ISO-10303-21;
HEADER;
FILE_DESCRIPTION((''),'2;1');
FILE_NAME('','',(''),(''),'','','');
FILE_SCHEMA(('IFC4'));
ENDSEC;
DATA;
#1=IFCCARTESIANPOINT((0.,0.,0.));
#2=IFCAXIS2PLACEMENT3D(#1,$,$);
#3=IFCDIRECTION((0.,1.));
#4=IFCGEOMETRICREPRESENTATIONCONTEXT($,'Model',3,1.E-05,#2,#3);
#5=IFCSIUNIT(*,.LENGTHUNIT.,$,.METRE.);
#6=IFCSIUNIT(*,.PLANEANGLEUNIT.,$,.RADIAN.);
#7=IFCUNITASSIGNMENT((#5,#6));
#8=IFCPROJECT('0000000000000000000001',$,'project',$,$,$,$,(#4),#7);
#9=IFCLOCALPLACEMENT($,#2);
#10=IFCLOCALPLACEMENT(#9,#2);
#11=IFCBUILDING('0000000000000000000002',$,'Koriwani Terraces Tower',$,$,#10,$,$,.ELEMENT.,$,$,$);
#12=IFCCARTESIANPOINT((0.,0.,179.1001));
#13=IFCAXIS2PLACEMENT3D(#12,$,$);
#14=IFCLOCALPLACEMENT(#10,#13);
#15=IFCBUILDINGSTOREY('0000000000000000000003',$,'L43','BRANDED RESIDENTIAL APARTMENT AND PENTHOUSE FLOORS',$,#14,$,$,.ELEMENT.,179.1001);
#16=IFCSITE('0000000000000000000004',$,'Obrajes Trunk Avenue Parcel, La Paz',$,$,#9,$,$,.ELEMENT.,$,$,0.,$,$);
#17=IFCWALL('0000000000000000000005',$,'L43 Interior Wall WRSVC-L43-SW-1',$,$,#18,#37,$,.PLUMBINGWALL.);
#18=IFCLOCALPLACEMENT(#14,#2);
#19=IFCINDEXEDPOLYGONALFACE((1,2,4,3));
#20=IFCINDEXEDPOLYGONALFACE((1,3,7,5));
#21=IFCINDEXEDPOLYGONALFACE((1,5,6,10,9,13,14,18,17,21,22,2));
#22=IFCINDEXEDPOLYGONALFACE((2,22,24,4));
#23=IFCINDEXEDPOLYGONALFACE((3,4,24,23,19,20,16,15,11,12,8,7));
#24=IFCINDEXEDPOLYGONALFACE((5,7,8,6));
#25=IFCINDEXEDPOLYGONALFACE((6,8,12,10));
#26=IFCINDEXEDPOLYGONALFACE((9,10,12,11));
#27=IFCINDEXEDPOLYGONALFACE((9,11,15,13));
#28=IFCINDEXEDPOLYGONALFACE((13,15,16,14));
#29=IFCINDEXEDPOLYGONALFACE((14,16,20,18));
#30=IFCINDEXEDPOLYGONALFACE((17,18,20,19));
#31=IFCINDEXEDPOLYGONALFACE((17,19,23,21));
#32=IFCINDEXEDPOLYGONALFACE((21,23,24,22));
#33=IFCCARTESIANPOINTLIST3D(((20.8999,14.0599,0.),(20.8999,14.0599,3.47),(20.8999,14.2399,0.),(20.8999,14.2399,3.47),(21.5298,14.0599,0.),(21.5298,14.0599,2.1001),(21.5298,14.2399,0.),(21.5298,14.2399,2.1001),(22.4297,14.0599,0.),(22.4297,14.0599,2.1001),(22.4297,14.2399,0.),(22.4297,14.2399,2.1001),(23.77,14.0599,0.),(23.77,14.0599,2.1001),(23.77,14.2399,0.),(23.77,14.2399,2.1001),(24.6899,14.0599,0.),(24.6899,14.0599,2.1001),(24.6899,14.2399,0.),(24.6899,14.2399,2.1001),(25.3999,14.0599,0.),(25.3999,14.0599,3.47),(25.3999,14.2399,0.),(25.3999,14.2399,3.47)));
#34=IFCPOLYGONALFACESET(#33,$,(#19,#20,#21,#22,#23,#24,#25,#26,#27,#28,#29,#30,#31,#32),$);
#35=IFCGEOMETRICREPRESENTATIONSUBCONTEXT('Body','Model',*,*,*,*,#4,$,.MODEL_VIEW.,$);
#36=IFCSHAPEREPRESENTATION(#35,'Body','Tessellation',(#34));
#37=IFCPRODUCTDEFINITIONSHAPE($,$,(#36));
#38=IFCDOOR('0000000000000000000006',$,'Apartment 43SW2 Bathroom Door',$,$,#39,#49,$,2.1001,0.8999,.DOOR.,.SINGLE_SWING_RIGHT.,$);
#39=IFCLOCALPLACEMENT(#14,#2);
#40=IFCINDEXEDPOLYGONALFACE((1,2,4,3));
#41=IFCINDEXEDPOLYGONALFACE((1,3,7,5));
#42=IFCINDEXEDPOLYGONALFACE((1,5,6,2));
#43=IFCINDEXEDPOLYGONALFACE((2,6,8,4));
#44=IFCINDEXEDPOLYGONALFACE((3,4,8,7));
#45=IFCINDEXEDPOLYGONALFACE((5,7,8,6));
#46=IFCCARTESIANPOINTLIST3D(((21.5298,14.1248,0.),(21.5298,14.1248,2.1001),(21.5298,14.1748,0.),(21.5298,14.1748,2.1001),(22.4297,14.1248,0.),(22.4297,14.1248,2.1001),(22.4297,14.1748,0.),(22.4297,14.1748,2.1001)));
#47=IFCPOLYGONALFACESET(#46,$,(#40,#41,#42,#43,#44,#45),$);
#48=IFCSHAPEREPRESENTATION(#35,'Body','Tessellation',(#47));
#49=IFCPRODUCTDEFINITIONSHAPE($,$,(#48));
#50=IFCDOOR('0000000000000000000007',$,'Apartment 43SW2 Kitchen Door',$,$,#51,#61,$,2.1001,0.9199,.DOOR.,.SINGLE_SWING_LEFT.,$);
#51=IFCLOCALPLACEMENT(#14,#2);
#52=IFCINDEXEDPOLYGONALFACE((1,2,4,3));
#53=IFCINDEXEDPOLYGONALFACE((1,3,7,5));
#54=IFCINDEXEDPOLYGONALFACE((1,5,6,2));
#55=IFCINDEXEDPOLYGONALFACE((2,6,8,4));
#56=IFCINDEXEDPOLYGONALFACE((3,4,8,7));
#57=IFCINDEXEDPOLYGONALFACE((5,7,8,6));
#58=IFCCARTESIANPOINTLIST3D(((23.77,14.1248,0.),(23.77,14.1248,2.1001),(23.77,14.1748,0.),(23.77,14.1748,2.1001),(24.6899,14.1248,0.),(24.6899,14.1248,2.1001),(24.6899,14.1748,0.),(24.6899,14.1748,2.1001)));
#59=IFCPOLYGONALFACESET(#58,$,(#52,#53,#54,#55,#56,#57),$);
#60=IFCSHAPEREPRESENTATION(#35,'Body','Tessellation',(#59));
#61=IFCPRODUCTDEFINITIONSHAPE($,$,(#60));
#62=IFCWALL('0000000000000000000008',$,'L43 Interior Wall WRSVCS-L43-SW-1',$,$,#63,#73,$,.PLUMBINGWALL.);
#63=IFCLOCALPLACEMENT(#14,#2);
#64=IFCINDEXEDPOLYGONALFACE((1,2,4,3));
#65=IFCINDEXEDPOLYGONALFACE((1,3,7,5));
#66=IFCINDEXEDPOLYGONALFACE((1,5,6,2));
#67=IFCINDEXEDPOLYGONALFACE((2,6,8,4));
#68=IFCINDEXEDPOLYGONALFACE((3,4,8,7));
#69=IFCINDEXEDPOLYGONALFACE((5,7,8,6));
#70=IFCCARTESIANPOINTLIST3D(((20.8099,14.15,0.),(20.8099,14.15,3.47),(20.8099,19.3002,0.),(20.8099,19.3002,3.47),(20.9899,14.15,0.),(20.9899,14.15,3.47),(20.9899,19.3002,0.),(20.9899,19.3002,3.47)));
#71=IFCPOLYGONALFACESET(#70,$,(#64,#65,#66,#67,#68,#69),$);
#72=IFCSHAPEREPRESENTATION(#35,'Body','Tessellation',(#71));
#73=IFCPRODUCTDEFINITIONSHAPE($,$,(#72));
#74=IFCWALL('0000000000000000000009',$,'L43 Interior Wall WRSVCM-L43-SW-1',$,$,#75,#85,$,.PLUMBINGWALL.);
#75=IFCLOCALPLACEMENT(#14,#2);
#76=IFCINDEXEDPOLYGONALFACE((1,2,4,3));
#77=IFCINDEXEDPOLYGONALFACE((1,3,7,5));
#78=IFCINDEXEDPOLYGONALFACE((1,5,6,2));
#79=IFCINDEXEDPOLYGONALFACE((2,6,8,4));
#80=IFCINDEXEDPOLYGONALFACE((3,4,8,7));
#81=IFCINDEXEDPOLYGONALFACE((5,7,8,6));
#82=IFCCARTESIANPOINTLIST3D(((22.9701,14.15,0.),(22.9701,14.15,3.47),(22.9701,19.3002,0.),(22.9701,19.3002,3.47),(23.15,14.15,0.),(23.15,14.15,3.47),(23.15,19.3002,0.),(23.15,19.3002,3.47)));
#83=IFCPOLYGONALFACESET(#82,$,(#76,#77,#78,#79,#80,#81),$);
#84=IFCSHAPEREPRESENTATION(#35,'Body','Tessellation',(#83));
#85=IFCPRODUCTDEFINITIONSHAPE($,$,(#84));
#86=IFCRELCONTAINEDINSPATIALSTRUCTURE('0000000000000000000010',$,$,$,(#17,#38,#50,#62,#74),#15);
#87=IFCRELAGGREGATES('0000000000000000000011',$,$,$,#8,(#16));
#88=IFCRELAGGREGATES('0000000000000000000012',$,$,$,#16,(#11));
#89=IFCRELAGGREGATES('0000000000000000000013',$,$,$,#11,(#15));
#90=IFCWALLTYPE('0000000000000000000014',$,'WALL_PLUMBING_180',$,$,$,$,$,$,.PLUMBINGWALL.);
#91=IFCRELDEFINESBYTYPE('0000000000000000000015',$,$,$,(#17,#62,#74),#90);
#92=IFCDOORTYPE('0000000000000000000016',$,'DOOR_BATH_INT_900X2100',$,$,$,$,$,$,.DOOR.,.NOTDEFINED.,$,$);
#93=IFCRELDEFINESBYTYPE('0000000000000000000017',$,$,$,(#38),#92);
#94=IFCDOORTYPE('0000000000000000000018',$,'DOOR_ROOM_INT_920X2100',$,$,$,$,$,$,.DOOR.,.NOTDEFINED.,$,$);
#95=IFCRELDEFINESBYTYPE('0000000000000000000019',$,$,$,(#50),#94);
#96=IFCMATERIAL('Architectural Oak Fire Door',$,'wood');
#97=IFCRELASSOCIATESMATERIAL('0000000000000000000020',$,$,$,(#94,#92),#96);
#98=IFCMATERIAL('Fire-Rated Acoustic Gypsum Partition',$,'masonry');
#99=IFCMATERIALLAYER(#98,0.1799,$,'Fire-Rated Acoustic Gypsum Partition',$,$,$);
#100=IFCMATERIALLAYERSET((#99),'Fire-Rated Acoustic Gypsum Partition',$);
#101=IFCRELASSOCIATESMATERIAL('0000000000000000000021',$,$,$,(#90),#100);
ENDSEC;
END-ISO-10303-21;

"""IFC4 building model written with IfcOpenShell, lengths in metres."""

from ifc_helpers import new_model, si_unit, direction, frame, frame_2d, origin, place, context, subcontext, project, spatial, rectangle, extrude, material, layer, layer_set, type_object, element, fill, save


model = new_model("IFC4")

# Units and contexts
model_context = context("Model", 3, precision=1e-05, world=origin(), true_north=direction((0.0, 1.0)))
body_context = subcontext(model_context, "Body", "Model", "MODEL_VIEW")
ifc_project = project(units=[si_unit("LENGTHUNIT", "METRE"), si_unit("PLANEANGLEUNIT", "RADIAN")], contexts=[model_context])

# Site, building, storey
site_placement = place(None, origin())
site = spatial("IfcSite", under=ifc_project, at=site_placement, Name="Obrajes Trunk Avenue Parcel, La Paz", CompositionType="ELEMENT", RefElevation=0.0)
building_placement = place(site_placement, origin())
building = spatial("IfcBuilding", under=site, at=building_placement, Name="Koriwani Terraces Tower", CompositionType="ELEMENT")
storey_placement = place(building_placement, frame((0.0, 0.0, 179.1001)))
storey = spatial("IfcBuildingStorey", under=building, at=storey_placement, Name="L43", Description="BRANDED RESIDENTIAL APARTMENT AND PENTHOUSE FLOORS", CompositionType="ELEMENT", Elevation=179.1001)

# Shared definitions
ifc_material_1 = material(Name="Fire-Rated Acoustic Gypsum Partition", Category="masonry")
ifc_material_2 = material(Name="Architectural Oak Fire Door", Category="wood")
door_type_1 = type_object("IfcDoorType", Name="DOOR_ROOM_INT_920X2100", OperationType="NOTDEFINED", PredefinedType="DOOR", material=ifc_material_2)

# Shared definitions
ifc_layer_1 = layer(ifc_material_1, 0.1799, Name="Fire-Rated Acoustic Gypsum Partition")
ifc_layer_set_1 = layer_set([ifc_layer_1], Name="Fire-Rated Acoustic Gypsum Partition")
wall_type_1 = type_object("IfcWallType", Name="WALL_PLUMBING_180", PredefinedType="PLUMBINGWALL", material=ifc_layer_set_1)
door_type_2 = type_object("IfcDoorType", Name="DOOR_BATH_INT_900X2100", OperationType="NOTDEFINED", PredefinedType="DOOR", material=ifc_material_2)

# Wall, openings, doors
wall_1_placement = place(storey_placement, frame((20.8999, 14.1499, 0.0), z_axis=(0.0, 0.0, 1.0), x_axis=(1.0, 0.0, 0.0)))
wall_1 = element("IfcWall", 1, at=wall_1_placement, inside=storey, type_object=wall_type_1, Name="L43 Interior Wall WRSVC-L43-SW-1", PredefinedType="PLUMBINGWALL", context=body_context, shape_type="SweptSolid", body=[
    extrude(rectangle(XDim=4.5, YDim=0.1799, at=frame_2d((2.25, 0.0))), origin(), (0.0, 0.0, 1.0), 3.47),
])
opening_1_placement = place(wall_1_placement, frame((0.6299, 0.0, 0.0)))
opening_1 = element("IfcOpeningElement", 2, at=opening_1_placement, cuts=wall_1, PredefinedType="OPENING", context=body_context, shape_type="SweptSolid", body=[
    extrude(rectangle(XDim=0.8999, YDim=2.1001, at=frame_2d((0.45, 1.05))), frame((0.0, 0.1001, 0.0), z_axis=(0.0, -1.0, 0.0), x_axis=(1.0, 0.0, 0.0)), (0.0, 0.0, 1.0), 0.2),
])
opening_2_placement = place(wall_1_placement, frame((2.8701, 0.0, 0.0)))
opening_2 = element("IfcOpeningElement", 3, at=opening_2_placement, cuts=wall_1, PredefinedType="OPENING", context=body_context, shape_type="SweptSolid", body=[
    extrude(rectangle(XDim=0.9199, YDim=2.1001, at=frame_2d((0.46, 1.05))), frame((0.0, 0.1001, 0.0), z_axis=(0.0, -1.0, 0.0), x_axis=(1.0, 0.0, 0.0)), (0.0, 0.0, 1.0), 0.2),
])
door_1_placement = place(opening_1_placement, origin())
door_1 = element("IfcDoor", 4, at=door_1_placement, inside=storey, type_object=door_type_2, Name="Apartment 43SW2 Bathroom Door", OperationType="SINGLE_SWING_RIGHT", OverallHeight=2.1001, OverallWidth=0.8999, PredefinedType="DOOR", context=body_context, shape_type="SweptSolid", body=[
    extrude(rectangle(XDim=0.8999, YDim=2.1001, at=frame_2d((0.45, 1.05))), frame((0.0, 0.0249, 0.0), z_axis=(0.0, -1.0, 0.0), x_axis=(1.0, 0.0, 0.0)), (0.0, 0.0, 1.0), 0.05),
])
fill(opening_1, door_1)
door_2_placement = place(opening_2_placement, origin())
door_2 = element("IfcDoor", 5, at=door_2_placement, inside=storey, type_object=door_type_1, Name="Apartment 43SW2 Kitchen Door", OperationType="SINGLE_SWING_LEFT", OverallHeight=2.1001, OverallWidth=0.9199, PredefinedType="DOOR", context=body_context, shape_type="SweptSolid", body=[
    extrude(rectangle(XDim=0.9199, YDim=2.1001, at=frame_2d((0.46, 1.05))), frame((0.0, 0.0249, 0.0), z_axis=(0.0, -1.0, 0.0), x_axis=(1.0, 0.0, 0.0)), (0.0, 0.0, 1.0), 0.05),
])
fill(opening_2, door_2)

# Walls
for number, where, z_axis, x_axis, name in (
    (6, (20.8999, 14.1499, 0.0), (0.0, 0.0, 1.0), (0.0, 1.0, 0.0), "L43 Interior Wall WRSVCS-L43-SW-1"),
    (7, (23.0601, 14.1499, 0.0), (0.0, 0.0, 1.0), (0.0, 1.0, 0.0), "L43 Interior Wall WRSVCM-L43-SW-1"),
):
    element("IfcWall", number, at=place(storey_placement, frame(where, z_axis=z_axis, x_axis=x_axis)), inside=storey, type_object=wall_type_1, Name=name, PredefinedType="PLUMBINGWALL", context=body_context, shape_type="SweptSolid", body=[
        extrude(rectangle(XDim=5.1501, YDim=0.1799, at=frame_2d((2.5752, 0.0))), origin(), (0.0, 0.0, 1.0), 3.47),
    ])

save(model, "model.ifc")
